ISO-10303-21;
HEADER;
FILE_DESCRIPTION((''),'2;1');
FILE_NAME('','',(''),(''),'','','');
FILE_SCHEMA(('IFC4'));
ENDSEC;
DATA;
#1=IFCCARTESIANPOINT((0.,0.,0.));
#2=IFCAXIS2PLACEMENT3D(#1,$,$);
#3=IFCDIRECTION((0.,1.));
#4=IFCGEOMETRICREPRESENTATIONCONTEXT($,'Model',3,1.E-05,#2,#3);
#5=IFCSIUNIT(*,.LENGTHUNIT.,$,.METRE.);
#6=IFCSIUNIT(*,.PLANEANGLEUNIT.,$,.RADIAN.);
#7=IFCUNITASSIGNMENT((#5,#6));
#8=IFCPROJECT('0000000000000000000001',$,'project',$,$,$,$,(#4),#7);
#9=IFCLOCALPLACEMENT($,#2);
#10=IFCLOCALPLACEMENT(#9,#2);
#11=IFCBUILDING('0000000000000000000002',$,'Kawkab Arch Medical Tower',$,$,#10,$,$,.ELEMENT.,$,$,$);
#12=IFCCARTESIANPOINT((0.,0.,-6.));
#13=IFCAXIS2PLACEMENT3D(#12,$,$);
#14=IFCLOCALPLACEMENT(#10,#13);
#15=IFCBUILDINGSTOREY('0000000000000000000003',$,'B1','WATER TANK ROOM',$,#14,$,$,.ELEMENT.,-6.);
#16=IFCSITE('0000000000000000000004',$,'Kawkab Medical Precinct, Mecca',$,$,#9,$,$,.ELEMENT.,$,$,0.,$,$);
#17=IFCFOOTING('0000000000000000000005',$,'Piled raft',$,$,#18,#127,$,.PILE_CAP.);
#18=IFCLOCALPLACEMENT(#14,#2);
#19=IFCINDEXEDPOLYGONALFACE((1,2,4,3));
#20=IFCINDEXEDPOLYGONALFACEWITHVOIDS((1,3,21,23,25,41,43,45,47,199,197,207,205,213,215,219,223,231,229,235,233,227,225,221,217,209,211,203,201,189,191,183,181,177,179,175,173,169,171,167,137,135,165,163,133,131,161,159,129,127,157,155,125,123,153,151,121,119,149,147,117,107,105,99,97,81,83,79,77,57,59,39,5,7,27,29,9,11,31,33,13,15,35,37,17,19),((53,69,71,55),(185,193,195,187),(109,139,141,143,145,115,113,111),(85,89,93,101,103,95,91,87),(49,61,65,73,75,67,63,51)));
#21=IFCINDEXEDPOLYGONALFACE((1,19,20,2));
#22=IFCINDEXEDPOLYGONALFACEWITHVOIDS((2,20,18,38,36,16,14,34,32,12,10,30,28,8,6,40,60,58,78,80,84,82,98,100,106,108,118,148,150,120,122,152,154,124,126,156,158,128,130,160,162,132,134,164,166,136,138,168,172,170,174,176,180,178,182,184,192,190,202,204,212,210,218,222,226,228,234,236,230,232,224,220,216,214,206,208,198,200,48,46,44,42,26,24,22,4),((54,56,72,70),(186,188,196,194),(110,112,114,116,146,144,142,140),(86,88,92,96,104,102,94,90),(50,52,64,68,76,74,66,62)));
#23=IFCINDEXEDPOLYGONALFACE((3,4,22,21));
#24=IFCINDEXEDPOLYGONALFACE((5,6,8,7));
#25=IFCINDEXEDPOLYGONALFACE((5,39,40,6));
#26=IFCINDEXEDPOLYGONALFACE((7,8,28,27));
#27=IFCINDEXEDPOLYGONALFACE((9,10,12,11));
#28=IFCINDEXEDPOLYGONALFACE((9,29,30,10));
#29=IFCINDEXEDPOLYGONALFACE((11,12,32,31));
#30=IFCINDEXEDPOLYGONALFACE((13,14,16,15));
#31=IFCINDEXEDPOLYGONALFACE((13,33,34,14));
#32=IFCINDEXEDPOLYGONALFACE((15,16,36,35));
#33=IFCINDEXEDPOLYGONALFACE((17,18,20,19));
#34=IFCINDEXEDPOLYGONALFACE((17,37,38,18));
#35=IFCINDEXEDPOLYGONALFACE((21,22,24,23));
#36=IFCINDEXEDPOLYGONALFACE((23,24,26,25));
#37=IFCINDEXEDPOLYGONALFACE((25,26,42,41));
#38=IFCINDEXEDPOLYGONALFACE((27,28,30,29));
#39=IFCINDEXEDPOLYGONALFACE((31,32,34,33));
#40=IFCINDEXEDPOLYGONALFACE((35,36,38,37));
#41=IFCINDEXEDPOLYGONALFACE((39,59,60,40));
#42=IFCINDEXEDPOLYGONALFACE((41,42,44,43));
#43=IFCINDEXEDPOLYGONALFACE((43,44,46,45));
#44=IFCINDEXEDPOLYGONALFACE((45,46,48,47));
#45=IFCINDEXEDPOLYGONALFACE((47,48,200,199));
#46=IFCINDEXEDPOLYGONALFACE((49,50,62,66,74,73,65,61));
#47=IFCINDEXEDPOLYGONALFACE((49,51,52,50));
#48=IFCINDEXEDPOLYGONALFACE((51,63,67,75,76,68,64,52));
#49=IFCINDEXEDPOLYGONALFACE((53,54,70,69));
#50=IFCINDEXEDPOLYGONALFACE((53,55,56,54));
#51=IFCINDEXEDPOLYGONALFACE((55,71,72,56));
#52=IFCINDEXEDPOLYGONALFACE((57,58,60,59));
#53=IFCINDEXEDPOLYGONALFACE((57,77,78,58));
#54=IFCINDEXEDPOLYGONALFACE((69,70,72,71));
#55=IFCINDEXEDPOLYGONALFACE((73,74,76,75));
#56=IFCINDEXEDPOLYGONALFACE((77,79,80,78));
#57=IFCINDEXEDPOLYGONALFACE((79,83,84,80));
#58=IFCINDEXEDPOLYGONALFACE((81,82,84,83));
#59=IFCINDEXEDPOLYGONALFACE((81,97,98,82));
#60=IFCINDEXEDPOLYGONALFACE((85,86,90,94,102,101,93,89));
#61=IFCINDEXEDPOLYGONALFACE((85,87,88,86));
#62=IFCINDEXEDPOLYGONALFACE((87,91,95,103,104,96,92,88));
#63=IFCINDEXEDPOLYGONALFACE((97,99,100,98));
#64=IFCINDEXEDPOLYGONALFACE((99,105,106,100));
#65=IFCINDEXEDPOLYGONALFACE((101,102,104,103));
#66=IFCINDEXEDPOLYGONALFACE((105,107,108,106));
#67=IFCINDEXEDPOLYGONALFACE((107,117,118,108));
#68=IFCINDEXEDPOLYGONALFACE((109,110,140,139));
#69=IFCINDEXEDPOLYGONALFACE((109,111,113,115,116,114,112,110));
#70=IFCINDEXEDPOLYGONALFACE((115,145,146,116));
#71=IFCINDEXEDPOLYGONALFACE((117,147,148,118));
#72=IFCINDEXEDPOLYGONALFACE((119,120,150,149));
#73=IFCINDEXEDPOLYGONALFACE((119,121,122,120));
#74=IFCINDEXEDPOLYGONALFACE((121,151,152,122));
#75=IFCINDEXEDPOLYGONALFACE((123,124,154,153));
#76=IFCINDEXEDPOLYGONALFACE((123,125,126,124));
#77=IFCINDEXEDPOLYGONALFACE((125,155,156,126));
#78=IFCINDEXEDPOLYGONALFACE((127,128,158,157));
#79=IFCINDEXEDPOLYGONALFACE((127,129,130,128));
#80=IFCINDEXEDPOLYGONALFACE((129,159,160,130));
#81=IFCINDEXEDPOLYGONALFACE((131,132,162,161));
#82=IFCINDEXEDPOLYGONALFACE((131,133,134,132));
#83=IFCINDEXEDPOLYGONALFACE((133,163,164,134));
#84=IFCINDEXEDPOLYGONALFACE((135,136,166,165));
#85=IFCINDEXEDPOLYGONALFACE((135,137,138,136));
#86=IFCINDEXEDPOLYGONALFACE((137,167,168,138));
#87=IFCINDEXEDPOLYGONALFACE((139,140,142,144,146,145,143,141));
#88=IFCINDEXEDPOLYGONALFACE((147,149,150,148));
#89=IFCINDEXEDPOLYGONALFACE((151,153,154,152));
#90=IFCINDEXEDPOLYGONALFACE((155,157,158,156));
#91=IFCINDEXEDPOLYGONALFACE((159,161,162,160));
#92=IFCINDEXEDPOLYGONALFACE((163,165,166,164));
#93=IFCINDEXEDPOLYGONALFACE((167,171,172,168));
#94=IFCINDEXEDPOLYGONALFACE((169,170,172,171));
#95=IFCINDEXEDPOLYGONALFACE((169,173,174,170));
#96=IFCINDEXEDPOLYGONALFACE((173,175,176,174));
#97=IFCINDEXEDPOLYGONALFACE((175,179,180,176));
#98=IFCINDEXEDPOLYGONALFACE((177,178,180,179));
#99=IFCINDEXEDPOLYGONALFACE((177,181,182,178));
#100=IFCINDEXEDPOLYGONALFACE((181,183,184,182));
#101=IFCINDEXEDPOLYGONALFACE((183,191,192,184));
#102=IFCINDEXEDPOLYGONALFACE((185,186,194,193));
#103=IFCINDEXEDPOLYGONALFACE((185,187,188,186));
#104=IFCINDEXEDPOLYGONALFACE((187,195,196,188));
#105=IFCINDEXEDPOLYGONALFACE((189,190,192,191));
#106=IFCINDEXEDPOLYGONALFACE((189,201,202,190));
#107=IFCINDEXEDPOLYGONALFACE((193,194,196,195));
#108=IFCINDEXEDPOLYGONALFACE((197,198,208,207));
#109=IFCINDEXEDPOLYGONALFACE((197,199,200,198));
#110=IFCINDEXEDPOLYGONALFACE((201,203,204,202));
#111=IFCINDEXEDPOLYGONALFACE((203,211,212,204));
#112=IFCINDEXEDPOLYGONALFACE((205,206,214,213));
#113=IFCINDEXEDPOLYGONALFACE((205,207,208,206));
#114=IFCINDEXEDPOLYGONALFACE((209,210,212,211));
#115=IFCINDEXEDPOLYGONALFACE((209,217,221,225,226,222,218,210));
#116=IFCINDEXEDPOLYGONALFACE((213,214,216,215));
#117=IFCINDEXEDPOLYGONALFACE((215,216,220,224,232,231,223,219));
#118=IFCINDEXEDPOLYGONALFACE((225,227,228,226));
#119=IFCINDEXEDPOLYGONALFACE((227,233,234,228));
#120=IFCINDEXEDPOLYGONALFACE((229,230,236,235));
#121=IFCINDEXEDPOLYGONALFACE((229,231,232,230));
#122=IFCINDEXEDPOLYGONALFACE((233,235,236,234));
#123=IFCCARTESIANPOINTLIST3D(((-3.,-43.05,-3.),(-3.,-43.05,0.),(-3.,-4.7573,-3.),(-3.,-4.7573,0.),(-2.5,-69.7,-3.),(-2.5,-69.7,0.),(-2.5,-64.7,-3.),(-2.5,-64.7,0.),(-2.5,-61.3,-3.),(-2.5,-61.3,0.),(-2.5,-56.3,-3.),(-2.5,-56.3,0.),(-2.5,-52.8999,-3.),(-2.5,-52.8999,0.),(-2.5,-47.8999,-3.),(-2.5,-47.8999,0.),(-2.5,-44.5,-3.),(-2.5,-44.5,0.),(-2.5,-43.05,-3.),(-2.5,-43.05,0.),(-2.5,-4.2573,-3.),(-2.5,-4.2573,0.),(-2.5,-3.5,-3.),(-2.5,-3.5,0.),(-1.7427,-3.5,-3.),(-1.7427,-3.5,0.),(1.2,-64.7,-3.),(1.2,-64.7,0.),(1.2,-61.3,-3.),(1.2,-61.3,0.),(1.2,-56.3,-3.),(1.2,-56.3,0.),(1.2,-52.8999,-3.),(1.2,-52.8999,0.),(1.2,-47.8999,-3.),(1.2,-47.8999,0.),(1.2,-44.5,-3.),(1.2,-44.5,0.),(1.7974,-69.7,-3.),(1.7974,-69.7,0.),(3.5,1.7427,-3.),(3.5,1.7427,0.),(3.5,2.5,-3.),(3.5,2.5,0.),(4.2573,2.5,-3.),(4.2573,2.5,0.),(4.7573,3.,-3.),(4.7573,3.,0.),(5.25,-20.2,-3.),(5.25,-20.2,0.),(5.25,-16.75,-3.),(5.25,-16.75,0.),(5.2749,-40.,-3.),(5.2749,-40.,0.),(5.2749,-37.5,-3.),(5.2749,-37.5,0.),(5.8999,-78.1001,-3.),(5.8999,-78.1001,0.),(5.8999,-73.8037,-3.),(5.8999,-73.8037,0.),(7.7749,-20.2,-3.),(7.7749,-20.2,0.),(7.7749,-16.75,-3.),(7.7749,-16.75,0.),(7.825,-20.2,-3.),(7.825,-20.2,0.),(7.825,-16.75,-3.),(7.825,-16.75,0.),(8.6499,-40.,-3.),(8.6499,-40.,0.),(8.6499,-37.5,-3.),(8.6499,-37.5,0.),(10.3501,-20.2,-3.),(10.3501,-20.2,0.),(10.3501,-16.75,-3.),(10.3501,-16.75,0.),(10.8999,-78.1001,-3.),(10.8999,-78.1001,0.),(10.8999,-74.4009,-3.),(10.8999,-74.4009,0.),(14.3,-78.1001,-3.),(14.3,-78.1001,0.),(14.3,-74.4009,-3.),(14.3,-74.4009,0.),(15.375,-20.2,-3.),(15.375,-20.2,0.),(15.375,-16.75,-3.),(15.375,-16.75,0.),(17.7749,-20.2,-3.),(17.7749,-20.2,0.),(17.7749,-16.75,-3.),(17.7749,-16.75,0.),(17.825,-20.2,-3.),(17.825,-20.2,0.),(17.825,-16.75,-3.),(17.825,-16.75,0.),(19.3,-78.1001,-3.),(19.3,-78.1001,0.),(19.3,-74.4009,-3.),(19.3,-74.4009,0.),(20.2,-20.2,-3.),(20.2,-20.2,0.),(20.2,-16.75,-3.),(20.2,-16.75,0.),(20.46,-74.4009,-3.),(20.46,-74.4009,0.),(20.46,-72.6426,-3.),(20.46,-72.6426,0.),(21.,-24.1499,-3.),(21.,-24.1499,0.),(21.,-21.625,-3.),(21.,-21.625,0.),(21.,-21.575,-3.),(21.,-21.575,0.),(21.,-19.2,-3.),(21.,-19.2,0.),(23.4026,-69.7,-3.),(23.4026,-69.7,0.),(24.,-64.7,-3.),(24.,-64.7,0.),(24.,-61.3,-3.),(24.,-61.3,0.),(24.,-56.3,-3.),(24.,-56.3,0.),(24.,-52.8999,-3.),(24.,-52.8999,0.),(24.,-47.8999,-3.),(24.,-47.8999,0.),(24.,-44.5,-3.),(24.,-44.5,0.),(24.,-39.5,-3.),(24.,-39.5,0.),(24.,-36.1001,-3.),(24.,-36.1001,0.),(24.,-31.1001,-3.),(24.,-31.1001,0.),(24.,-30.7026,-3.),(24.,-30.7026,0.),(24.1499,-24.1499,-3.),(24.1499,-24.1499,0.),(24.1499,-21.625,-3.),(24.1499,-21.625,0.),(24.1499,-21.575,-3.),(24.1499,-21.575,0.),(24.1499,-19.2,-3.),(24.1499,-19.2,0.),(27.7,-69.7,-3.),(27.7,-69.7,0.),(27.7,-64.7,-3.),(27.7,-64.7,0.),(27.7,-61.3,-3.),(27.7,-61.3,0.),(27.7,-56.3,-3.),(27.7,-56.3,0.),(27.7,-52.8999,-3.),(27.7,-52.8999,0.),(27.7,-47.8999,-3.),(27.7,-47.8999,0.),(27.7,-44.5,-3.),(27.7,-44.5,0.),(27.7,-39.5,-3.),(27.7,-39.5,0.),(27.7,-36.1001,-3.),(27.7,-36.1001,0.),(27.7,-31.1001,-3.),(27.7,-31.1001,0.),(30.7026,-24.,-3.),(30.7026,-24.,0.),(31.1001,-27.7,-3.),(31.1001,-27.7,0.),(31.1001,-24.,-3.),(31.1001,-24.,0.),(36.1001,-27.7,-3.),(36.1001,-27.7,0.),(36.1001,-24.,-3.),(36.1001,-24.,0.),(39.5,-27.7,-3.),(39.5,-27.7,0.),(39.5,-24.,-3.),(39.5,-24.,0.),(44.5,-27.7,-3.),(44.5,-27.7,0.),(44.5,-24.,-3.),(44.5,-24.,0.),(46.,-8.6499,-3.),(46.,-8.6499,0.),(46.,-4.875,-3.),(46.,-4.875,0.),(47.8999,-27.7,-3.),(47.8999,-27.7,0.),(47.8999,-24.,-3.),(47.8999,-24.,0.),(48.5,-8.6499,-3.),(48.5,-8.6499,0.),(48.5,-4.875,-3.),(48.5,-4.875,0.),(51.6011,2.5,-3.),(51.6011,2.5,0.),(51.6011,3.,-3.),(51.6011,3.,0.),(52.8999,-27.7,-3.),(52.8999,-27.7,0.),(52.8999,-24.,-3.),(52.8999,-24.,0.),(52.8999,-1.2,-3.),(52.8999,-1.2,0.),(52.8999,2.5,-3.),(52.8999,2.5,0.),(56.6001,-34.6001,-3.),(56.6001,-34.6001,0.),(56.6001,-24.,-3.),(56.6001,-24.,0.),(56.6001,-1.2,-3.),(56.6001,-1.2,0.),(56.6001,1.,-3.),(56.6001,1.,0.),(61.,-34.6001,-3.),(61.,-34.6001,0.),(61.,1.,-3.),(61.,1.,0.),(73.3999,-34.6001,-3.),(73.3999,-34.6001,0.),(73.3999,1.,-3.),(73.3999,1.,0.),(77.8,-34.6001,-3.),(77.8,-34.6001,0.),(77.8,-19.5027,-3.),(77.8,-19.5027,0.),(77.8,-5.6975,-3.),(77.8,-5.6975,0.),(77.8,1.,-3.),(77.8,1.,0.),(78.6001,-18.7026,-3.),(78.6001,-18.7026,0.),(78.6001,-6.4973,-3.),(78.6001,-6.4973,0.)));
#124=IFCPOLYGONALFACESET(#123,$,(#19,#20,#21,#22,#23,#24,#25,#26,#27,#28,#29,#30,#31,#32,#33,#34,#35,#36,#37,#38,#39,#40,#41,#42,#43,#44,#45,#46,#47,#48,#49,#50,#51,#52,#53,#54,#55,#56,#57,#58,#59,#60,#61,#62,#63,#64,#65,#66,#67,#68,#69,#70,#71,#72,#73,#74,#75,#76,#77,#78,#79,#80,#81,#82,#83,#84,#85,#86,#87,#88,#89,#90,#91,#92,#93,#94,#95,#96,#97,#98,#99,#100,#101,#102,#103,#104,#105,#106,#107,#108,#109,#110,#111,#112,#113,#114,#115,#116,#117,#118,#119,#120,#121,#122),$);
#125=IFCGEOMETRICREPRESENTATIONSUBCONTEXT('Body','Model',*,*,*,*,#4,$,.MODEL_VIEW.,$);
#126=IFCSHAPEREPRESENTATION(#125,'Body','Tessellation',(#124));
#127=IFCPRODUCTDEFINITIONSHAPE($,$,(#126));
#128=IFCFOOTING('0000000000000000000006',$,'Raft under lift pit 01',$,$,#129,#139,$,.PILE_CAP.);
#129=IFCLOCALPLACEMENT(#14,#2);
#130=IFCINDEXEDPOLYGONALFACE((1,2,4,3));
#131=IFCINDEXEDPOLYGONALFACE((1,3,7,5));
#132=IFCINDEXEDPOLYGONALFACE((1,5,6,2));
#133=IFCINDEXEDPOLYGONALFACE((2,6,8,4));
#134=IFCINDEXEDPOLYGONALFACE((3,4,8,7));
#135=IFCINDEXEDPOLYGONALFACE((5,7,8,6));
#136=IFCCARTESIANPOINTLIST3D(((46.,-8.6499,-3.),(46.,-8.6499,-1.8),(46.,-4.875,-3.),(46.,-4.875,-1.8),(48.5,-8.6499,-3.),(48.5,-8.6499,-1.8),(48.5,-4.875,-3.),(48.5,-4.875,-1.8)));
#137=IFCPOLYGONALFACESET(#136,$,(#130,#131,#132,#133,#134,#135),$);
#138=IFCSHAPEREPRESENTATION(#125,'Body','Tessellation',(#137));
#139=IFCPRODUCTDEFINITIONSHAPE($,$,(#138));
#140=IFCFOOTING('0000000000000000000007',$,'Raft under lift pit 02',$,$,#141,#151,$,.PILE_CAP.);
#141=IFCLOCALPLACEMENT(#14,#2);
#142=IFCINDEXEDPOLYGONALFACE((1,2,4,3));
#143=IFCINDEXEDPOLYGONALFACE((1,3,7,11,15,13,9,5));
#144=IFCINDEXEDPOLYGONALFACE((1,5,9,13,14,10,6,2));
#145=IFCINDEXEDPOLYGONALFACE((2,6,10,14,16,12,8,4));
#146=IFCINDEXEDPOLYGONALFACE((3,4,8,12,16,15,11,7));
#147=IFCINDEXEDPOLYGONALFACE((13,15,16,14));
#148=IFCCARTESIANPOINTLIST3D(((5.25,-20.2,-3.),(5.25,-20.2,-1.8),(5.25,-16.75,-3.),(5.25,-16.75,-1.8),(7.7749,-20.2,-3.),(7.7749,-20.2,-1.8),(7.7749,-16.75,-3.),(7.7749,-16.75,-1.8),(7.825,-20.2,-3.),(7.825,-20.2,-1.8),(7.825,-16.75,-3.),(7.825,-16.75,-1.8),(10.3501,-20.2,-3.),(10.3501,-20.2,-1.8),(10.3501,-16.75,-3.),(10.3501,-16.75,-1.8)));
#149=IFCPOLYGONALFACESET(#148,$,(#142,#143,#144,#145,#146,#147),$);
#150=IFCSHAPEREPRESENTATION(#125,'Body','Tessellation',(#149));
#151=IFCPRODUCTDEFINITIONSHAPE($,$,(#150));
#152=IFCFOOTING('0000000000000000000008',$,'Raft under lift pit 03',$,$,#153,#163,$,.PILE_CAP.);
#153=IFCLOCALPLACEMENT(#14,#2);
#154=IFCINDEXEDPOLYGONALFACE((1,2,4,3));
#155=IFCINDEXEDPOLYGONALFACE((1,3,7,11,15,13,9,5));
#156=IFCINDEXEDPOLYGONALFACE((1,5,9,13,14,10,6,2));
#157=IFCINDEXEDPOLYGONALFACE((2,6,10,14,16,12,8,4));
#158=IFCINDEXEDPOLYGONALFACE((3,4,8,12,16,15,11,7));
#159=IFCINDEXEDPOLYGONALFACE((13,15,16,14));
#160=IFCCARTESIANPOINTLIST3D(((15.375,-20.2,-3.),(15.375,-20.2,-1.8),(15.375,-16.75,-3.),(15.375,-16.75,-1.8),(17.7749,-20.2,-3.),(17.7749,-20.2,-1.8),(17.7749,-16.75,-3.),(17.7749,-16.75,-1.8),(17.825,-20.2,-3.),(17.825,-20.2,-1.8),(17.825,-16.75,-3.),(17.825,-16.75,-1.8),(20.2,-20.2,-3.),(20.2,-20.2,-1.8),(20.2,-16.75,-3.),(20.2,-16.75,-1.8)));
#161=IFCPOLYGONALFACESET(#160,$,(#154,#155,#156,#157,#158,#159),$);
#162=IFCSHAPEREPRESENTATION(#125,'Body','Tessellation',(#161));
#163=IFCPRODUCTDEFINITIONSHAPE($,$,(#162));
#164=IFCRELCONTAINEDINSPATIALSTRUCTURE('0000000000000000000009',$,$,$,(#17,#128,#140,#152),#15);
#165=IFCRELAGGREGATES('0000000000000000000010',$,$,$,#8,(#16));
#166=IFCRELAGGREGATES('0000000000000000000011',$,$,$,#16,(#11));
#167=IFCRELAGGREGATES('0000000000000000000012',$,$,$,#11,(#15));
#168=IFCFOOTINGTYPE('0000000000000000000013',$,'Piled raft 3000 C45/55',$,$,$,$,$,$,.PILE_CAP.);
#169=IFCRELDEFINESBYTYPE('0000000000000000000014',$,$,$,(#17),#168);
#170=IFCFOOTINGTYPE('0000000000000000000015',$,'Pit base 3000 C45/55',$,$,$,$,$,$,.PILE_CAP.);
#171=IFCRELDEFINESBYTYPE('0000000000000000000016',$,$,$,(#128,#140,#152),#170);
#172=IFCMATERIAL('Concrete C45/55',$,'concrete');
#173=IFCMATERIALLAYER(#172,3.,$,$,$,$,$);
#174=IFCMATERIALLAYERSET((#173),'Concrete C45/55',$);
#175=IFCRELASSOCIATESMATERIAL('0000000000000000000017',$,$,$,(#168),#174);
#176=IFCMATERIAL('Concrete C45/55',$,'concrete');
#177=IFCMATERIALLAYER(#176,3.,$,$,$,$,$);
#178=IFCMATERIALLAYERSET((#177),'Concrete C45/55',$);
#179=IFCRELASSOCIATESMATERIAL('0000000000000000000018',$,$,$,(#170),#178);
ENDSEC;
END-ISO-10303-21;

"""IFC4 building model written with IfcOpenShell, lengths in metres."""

from ifc_helpers import new_model, si_unit, direction, frame, origin, place, context, subcontext, project, spatial, polyline, outline, extrude, material, layer, layer_set, type_object, element, save


model = new_model("IFC4")

# Units and contexts
model_context = context("Model", 3, precision=1e-05, world=origin(), true_north=direction((0.0, 1.0)))
body_context = subcontext(model_context, "Body", "Model", "MODEL_VIEW")
ifc_project = project(units=[si_unit("LENGTHUNIT", "METRE"), si_unit("PLANEANGLEUNIT", "RADIAN")], contexts=[model_context])

# Site, building, storey
site_placement = place(None, origin())
site = spatial("IfcSite", under=ifc_project, at=site_placement, Name="Kawkab Medical Precinct, Mecca", CompositionType="ELEMENT", RefElevation=0.0)
building_placement = place(site_placement, origin())
building = spatial("IfcBuilding", under=site, at=building_placement, Name="Kawkab Arch Medical Tower", CompositionType="ELEMENT")
storey_placement = place(building_placement, frame((0.0, 0.0, -6.0)))
storey = spatial("IfcBuildingStorey", under=building, at=storey_placement, Name="B1", Description="WATER TANK ROOM", CompositionType="ELEMENT", Elevation=-6.0)

# Footings
ifc_material_1 = material(Name="Concrete C45/55", Category="concrete")
ifc_layer_1 = layer(ifc_material_1, 3.0)
ifc_layer_set_1 = layer_set([ifc_layer_1], Name="Concrete C45/55")
footing_type_1 = type_object("IfcFootingType", Name="Piled raft 3000 C45/55", PredefinedType="PILE_CAP", material=ifc_layer_set_1)
placement_1 = place(storey_placement, frame((0.0, 0.0, -3.0)))
element("IfcFooting", 1, at=placement_1, inside=storey, type_object=footing_type_1, Name="Piled raft", PredefinedType="PILE_CAP", context=body_context, shape_type="SweptSolid", body=[
    extrude(outline(polyline([(19.3, -78.1001), (14.3, -78.1001), (14.3, -74.4009), (10.8999, -74.4009), (10.8999, -78.1001), (5.8999, -78.1001), (5.8999, -73.8037), (1.7974, -69.7), (-2.5, -69.7), (-2.5, -64.7), (1.2, -64.7), (1.2, -61.3), (-2.5, -61.3), (-2.5, -56.3), (1.2, -56.3), (1.2, -52.8999), (-2.5, -52.8999), (-2.5, -47.8999), (1.2, -47.8999), (1.2, -44.5), (-2.5, -44.5), (-2.5, -43.05), (-3.0, -43.05), (-3.0, -4.7573), (-2.5, -4.2573), (-2.5, -3.5), (-1.7427, -3.5), (3.5, 1.7427), (3.5, 2.5), (4.2573, 2.5), (4.7573, 3.0), (51.6011, 3.0), (51.6011, 2.5), (52.8999, 2.5), (52.8999, -1.2), (56.6001, -1.2), (56.6001, 1.0), (61.0, 1.0), (73.3999, 1.0), (77.8, 1.0), (77.8, -5.6975), (78.6001, -6.4973), (78.6001, -18.7026), (77.8, -19.5027), (77.8, -34.6001), (73.3999, -34.6001), (61.0, -34.6001), (56.6001, -34.6001), (56.6001, -24.0), (52.8999, -24.0), (52.8999, -27.7), (47.8999, -27.7), (47.8999, -24.0), (44.5, -24.0), (44.5, -27.7), (39.5, -27.7), (39.5, -24.0), (36.1001, -24.0), (36.1001, -27.7), (31.1001, -27.7), (31.1001, -24.0), (30.7026, -24.0), (24.0, -30.7026), (24.0, -31.1001), (27.7, -31.1001), (27.7, -36.1001), (24.0, -36.1001), (24.0, -39.5), (27.7, -39.5), (27.7, -44.5), (24.0, -44.5), (24.0, -47.8999), (27.7, -47.8999), (27.7, -52.8999), (24.0, -52.8999), (24.0, -56.3), (27.7, -56.3), (27.7, -61.3), (24.0, -61.3), (24.0, -64.7), (27.7, -64.7), (27.7, -69.7), (23.4026, -69.7), (20.46, -72.6426), (20.46, -74.4009), (19.3, -74.4009), (19.3, -78.1001)]), holes=[polyline([(5.2749, -40.0), (8.6499, -40.0), (8.6499, -37.5), (5.2749, -37.5), (5.2749, -40.0)]), polyline([(21.0, -24.1499), (24.1499, -24.1499), (24.1499, -21.625), (24.1499, -21.575), (24.1499, -19.2), (21.0, -19.2), (21.0, -21.575), (21.0, -21.625), (21.0, -24.1499)]), polyline([(5.25, -20.2), (7.7749, -20.2), (7.825, -20.2), (10.3501, -20.2), (10.3501, -16.75), (7.825, -16.75), (7.7749, -16.75), (5.25, -16.75), (5.25, -20.2)]), polyline([(20.2, -20.2), (20.2, -16.75), (17.825, -16.75), (17.7749, -16.75), (15.375, -16.75), (15.375, -20.2), (17.7749, -20.2), (17.825, -20.2), (20.2, -20.2)]), polyline([(46.0, -4.875), (46.0, -8.6499), (48.5, -8.6499), (48.5, -4.875), (46.0, -4.875)])]), origin(), (0.0, 0.0, 1.0), 3.0),
])
ifc_material_2 = material(Name="Concrete C45/55", Category="concrete")
ifc_layer_2 = layer(ifc_material_2, 3.0)
ifc_layer_set_2 = layer_set([ifc_layer_2], Name="Concrete C45/55")
footing_type_2 = type_object("IfcFootingType", Name="Pit base 3000 C45/55", PredefinedType="PILE_CAP", material=ifc_layer_set_2)
element("IfcFooting", 2, at=placement_1, inside=storey, type_object=footing_type_2, Name="Raft under lift pit 01", PredefinedType="PILE_CAP", context=body_context, shape_type="SweptSolid", body=[
    extrude(outline(polyline([(48.5, -8.6499), (46.0, -8.6499), (46.0, -4.875), (48.5, -4.875), (48.5, -8.6499)])), origin(), (0.0, 0.0, 1.0), 1.2),
])
element("IfcFooting", 3, at=placement_1, inside=storey, type_object=footing_type_2, Name="Raft under lift pit 02", PredefinedType="PILE_CAP", context=body_context, shape_type="SweptSolid", body=[
    extrude(outline(polyline([(7.7749, -20.2), (5.25, -20.2), (5.25, -16.75), (7.7749, -16.75), (7.825, -16.75), (10.3501, -16.75), (10.3501, -20.2), (7.825, -20.2), (7.7749, -20.2)])), origin(), (0.0, 0.0, 1.0), 1.2),
])
element("IfcFooting", 4, at=placement_1, inside=storey, type_object=footing_type_2, Name="Raft under lift pit 03", PredefinedType="PILE_CAP", context=body_context, shape_type="SweptSolid", body=[
    extrude(outline(polyline([(17.825, -16.75), (20.2, -16.75), (20.2, -20.2), (17.825, -20.2), (17.7749, -20.2), (15.375, -20.2), (15.375, -16.75), (17.7749, -16.75), (17.825, -16.75)])), origin(), (0.0, 0.0, 1.0), 1.2),
])

save(model, "model.ifc")
